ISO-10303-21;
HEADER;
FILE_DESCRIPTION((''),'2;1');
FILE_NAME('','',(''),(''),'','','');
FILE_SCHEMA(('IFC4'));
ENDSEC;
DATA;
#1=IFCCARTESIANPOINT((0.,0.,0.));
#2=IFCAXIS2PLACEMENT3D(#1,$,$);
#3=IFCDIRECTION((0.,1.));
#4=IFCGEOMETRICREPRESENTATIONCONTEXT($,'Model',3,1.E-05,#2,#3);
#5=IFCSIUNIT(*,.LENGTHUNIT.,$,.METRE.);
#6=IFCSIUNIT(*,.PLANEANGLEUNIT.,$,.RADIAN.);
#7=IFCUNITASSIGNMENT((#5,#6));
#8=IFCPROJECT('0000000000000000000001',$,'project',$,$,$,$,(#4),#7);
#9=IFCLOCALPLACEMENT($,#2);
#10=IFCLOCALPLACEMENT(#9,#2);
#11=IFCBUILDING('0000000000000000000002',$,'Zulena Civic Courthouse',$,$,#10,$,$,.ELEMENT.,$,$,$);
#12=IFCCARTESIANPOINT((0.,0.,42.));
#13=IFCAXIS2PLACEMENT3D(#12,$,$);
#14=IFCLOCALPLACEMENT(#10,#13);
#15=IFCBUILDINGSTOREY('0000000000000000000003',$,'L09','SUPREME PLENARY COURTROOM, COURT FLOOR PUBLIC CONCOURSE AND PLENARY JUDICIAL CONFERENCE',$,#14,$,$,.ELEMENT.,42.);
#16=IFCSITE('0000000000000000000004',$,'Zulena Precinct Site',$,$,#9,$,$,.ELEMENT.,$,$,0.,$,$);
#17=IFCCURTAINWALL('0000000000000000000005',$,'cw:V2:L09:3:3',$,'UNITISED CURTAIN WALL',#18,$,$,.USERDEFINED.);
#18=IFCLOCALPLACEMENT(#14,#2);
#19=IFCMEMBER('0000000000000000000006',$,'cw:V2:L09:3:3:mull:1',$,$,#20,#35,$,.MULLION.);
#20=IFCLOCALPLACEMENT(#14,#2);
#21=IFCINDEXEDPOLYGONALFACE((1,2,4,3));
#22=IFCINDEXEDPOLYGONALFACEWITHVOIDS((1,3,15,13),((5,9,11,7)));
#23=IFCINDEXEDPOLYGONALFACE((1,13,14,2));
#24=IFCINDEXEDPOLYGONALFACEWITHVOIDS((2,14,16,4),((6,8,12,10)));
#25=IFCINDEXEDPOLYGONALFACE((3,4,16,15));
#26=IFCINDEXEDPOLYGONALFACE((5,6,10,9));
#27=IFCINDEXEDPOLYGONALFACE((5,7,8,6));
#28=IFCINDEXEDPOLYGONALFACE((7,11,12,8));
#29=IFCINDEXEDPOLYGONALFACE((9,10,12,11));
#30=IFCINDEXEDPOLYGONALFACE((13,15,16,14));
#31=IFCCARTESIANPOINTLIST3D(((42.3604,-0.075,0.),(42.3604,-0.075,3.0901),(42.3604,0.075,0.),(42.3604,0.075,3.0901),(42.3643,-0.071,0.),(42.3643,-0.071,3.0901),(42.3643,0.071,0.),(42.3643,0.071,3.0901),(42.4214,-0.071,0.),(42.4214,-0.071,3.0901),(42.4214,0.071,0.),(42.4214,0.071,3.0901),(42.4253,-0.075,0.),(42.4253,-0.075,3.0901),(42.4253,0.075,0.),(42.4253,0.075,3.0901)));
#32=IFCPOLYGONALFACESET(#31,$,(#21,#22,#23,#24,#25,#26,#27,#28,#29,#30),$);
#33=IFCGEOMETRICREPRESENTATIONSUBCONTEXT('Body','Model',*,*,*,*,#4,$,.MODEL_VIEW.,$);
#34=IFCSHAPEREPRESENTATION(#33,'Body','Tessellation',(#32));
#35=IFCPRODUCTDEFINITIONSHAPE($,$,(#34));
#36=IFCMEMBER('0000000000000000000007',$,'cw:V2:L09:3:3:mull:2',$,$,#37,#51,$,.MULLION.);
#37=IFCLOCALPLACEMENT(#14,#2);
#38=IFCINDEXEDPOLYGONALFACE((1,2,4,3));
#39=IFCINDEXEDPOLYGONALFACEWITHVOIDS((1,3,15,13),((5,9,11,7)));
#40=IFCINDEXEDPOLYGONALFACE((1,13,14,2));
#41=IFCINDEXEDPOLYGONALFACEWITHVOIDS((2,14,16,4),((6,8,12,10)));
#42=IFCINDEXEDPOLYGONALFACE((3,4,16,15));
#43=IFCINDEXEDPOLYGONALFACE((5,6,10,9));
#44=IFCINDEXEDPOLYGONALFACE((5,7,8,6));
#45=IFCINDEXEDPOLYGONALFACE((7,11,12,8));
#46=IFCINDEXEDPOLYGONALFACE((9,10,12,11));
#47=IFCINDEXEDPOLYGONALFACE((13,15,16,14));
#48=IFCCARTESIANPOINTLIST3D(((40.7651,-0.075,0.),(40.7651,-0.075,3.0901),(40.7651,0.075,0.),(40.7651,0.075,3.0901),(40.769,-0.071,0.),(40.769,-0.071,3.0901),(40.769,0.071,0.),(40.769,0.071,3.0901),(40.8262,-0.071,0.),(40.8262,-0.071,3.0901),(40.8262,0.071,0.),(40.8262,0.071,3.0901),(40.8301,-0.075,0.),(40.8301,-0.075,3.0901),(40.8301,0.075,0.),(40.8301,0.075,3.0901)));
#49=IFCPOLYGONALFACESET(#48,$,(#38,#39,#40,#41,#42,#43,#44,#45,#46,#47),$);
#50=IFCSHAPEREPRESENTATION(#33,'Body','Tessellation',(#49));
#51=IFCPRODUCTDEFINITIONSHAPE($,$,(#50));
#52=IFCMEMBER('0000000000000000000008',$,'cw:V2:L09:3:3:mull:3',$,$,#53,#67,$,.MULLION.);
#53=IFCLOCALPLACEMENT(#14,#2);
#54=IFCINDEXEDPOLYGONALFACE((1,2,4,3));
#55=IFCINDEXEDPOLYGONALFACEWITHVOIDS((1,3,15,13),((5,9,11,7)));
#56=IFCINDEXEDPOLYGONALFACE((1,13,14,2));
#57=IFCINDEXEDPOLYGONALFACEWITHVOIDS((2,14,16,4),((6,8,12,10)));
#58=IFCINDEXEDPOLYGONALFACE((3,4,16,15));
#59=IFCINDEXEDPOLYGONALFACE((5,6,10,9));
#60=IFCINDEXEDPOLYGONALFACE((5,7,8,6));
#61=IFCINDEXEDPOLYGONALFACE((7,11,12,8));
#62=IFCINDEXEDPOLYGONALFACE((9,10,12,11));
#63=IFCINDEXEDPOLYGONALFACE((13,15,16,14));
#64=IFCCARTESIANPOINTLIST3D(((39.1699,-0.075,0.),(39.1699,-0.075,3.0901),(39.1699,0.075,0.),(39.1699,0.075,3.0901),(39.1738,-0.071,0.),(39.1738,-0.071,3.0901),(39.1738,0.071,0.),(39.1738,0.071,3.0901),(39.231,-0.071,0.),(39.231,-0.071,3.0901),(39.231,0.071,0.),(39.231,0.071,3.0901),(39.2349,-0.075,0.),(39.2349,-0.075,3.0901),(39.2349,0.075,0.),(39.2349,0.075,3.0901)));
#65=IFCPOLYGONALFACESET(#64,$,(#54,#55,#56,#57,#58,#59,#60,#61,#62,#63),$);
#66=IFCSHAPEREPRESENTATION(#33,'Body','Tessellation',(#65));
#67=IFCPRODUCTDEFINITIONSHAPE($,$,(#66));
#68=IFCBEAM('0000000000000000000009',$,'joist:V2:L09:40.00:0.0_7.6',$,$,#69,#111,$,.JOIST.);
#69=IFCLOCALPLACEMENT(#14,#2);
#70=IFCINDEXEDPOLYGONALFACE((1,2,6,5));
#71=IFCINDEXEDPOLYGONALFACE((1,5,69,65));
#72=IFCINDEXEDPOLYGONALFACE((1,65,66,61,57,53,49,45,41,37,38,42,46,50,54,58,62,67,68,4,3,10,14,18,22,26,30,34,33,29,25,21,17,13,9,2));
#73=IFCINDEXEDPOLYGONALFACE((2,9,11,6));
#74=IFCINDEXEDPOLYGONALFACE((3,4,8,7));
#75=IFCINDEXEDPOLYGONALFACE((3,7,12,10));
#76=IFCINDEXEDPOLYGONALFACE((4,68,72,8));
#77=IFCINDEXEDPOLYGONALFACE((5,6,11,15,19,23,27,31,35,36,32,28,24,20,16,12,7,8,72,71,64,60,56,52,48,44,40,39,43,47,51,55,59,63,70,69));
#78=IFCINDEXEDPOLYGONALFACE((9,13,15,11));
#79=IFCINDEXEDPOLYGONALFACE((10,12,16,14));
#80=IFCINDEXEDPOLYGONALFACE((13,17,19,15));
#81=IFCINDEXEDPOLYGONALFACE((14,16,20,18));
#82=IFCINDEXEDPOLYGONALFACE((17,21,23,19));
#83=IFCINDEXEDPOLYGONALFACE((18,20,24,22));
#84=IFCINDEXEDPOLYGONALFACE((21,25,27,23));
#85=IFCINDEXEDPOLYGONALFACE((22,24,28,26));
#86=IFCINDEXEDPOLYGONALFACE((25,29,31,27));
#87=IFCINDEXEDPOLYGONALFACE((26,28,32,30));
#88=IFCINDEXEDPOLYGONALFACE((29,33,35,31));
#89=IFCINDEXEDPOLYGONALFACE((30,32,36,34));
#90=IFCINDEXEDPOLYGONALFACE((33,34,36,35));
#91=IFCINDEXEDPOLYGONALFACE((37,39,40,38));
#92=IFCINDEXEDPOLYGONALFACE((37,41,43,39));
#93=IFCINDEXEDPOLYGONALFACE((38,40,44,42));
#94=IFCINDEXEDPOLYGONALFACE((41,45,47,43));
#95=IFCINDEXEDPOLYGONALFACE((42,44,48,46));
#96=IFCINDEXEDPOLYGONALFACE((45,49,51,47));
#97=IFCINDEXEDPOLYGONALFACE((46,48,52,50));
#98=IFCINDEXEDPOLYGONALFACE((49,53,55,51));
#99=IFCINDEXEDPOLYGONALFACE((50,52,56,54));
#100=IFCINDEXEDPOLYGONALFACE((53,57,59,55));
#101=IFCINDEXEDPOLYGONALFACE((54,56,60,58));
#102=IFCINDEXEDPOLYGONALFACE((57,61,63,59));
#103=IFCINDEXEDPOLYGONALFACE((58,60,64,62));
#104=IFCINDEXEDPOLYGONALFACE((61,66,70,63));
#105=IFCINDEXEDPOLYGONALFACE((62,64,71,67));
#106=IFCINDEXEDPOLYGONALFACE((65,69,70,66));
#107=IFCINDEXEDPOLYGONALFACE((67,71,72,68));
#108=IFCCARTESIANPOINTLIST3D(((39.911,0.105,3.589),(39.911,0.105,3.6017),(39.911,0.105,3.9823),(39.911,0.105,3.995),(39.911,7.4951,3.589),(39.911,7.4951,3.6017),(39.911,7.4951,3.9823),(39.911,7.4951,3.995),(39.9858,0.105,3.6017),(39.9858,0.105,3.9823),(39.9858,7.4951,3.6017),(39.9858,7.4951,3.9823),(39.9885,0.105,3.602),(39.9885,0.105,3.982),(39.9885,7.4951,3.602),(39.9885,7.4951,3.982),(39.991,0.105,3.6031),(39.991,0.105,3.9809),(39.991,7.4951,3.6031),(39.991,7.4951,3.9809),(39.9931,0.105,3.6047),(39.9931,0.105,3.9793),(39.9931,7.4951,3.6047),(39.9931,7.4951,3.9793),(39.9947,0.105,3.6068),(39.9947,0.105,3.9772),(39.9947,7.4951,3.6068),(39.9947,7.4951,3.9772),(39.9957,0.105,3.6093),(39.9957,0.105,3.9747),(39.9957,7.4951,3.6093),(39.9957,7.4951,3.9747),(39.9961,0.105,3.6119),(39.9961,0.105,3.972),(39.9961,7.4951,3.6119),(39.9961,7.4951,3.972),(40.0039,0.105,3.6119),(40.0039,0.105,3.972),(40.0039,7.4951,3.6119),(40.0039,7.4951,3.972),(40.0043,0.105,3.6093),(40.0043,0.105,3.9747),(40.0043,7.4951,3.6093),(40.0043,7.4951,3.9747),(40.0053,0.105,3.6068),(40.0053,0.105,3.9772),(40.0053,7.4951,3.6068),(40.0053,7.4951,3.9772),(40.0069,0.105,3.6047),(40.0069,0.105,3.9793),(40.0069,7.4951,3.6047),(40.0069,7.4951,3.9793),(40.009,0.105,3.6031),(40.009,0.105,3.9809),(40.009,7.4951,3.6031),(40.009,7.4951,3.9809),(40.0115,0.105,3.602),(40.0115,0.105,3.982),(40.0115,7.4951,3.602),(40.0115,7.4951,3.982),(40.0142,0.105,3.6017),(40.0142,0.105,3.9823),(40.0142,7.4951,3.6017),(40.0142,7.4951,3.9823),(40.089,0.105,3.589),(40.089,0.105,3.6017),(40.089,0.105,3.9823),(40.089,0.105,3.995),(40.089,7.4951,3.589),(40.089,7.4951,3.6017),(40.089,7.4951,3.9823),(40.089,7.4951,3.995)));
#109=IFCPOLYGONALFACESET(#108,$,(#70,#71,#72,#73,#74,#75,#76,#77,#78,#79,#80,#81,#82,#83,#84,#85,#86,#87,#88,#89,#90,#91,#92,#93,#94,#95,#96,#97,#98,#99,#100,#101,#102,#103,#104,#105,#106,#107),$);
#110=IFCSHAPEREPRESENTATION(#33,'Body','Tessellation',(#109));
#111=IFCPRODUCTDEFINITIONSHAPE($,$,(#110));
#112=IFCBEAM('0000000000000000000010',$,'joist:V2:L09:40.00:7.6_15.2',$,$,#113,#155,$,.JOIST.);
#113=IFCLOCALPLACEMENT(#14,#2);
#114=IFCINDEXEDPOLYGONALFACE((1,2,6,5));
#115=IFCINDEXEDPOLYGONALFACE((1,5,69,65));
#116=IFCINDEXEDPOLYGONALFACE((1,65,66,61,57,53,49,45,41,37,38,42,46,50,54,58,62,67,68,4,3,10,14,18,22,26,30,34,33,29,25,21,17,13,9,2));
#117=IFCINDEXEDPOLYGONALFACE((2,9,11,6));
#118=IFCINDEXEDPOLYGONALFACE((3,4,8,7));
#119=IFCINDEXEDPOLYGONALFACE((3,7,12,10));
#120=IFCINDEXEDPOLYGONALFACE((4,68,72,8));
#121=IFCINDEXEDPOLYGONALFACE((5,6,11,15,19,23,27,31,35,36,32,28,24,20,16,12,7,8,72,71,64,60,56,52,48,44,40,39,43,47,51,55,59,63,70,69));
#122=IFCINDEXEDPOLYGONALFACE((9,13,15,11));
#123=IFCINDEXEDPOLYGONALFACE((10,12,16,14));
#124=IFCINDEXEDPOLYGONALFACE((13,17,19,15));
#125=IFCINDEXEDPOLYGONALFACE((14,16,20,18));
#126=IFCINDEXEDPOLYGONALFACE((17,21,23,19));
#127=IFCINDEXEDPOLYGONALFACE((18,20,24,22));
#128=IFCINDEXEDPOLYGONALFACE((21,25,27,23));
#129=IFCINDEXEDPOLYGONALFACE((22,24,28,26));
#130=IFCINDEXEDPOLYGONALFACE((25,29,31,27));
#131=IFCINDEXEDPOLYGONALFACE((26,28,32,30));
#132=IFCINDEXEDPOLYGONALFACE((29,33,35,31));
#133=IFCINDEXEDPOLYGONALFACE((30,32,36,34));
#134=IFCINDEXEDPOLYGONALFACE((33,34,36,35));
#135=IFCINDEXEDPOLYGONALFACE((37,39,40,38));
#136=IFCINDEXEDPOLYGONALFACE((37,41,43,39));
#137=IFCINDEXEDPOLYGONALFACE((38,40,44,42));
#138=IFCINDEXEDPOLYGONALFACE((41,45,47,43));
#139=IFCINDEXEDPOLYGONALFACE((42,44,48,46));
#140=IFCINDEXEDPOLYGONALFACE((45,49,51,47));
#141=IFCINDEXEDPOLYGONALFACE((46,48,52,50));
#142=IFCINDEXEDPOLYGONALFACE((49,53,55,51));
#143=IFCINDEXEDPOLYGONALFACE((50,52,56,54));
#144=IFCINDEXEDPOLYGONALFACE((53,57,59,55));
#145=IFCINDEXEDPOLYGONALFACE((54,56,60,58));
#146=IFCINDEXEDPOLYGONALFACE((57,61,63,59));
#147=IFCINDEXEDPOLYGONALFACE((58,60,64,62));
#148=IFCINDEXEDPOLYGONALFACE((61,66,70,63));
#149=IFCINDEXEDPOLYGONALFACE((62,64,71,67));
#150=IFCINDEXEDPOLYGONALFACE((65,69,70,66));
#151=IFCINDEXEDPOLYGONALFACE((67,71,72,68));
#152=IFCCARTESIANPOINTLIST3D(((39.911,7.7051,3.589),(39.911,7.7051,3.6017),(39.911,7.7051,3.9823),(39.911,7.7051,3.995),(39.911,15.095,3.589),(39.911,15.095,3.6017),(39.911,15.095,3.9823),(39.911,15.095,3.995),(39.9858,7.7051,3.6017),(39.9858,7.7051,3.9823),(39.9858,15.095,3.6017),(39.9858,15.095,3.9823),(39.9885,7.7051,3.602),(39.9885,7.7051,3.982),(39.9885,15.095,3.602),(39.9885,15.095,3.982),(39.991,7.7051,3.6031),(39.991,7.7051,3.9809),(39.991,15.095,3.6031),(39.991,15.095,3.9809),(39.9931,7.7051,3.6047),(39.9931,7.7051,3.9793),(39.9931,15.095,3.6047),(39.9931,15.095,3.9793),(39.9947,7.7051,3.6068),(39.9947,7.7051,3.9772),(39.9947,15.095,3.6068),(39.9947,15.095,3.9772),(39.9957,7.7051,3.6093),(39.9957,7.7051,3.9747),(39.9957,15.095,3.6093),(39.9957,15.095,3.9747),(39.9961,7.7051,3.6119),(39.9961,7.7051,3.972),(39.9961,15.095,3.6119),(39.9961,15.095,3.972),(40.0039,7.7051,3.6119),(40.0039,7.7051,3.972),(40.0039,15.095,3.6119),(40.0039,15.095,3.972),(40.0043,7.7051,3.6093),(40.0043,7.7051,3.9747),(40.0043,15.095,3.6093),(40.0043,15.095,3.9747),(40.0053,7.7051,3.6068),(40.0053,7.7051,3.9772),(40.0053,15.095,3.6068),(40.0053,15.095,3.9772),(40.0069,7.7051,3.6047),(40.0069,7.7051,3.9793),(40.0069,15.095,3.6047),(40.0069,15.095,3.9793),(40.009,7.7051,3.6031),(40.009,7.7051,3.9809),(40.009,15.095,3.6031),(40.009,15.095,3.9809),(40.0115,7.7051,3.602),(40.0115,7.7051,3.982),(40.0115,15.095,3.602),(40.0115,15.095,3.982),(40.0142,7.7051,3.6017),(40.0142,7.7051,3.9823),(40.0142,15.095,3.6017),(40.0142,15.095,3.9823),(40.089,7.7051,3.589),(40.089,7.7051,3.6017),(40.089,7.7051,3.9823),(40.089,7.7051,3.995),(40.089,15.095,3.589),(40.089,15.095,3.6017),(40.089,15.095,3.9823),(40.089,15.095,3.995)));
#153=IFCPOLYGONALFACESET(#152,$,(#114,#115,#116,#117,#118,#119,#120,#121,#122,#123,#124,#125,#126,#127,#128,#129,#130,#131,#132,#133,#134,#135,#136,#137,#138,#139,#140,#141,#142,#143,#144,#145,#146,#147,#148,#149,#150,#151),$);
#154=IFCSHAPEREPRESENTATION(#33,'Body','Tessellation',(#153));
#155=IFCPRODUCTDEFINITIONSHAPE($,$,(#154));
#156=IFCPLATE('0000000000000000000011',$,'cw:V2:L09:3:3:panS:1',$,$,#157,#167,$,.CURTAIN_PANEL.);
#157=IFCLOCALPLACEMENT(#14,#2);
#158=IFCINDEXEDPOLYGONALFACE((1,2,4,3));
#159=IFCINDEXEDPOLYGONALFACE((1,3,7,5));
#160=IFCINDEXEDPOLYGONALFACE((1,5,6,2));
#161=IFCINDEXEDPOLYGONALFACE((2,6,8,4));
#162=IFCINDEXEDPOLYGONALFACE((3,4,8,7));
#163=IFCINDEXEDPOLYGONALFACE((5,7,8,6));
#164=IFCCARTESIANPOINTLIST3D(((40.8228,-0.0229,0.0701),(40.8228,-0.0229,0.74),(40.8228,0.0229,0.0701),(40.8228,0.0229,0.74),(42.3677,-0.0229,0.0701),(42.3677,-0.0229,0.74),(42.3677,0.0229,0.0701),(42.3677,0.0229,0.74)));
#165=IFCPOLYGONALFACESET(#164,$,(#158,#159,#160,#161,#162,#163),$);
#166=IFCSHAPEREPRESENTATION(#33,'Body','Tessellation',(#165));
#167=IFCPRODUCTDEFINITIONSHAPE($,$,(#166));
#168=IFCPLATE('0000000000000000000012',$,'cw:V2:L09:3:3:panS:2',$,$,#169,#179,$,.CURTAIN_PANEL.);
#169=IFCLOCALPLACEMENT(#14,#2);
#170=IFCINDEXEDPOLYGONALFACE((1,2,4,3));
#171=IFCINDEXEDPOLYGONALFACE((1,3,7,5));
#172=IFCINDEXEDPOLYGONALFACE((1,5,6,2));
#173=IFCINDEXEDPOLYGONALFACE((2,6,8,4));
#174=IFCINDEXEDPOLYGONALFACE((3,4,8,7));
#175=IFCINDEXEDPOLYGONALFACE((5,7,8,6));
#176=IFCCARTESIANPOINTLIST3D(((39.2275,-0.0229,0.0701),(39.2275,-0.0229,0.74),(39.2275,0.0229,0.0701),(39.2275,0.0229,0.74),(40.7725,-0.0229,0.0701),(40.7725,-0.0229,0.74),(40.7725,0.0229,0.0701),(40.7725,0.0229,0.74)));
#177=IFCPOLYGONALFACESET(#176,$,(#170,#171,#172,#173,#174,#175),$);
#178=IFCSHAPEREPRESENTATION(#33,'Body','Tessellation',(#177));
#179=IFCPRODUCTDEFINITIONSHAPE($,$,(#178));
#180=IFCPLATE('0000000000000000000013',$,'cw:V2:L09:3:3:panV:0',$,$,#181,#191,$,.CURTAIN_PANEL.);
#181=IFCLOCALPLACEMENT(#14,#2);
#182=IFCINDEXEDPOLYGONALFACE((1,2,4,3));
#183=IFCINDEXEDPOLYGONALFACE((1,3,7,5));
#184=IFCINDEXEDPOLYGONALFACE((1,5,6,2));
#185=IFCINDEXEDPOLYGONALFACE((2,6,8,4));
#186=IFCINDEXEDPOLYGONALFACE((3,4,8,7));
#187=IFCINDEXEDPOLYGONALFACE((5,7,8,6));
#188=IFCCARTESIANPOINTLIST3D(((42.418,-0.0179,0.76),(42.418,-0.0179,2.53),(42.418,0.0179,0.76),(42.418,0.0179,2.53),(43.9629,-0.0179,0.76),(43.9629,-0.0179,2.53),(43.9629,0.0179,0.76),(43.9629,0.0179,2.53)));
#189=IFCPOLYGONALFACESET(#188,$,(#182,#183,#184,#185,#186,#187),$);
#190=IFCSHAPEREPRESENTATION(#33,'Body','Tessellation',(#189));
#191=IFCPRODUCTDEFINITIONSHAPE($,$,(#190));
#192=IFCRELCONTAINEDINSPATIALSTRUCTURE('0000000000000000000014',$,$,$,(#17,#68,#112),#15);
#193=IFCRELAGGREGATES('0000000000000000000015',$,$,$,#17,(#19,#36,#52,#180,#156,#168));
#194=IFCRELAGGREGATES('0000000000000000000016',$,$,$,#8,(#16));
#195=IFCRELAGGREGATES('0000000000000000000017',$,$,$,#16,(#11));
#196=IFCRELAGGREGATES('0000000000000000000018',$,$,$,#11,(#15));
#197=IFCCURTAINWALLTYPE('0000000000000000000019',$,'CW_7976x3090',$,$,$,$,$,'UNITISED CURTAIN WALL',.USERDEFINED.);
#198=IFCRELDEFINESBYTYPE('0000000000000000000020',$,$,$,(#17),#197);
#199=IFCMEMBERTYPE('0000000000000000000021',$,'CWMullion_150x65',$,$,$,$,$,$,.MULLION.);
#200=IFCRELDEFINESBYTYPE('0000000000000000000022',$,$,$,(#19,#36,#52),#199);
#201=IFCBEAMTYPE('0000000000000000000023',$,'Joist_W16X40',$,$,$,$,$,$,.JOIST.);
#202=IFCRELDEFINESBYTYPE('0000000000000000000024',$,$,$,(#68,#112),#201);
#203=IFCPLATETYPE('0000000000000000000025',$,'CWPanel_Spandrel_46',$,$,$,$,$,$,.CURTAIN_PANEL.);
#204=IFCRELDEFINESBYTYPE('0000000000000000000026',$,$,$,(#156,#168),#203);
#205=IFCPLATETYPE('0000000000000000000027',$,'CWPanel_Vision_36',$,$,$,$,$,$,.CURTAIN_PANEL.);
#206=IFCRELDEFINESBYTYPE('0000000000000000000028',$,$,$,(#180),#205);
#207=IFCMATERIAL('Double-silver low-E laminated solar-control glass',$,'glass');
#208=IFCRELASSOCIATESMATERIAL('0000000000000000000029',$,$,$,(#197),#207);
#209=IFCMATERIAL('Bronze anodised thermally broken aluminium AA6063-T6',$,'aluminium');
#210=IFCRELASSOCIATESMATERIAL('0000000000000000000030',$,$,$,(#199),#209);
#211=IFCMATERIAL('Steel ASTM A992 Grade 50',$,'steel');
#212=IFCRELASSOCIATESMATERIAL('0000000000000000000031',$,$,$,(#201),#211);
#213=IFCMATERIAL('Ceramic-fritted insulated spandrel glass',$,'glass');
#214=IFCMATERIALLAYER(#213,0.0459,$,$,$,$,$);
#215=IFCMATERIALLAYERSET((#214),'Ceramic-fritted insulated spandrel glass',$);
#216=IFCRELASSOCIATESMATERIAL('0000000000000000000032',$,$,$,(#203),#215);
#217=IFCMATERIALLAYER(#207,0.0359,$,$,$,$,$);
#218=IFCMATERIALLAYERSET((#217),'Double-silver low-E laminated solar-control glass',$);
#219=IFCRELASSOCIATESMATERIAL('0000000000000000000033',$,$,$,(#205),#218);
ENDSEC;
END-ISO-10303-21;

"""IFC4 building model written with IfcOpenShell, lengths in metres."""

from ifc_helpers import new_model, si_unit, direction, frame, origin, origin_2d, place, context, subcontext, project, spatial, rectangle, hollow_rectangle, i_section, extrude, material, layer, layer_set, material_profile, profile_set, type_object, element, aggregate, save


model = new_model("IFC4")

# Units and contexts
model_context = context("Model", 3, precision=1e-05, world=origin(), true_north=direction((0.0, 1.0)))
body_context = subcontext(model_context, "Body", "Model", "MODEL_VIEW")
ifc_project = project(units=[si_unit("LENGTHUNIT", "METRE"), si_unit("PLANEANGLEUNIT", "RADIAN")], contexts=[model_context])

# Site, building, storey
site_placement = place(None, origin())
site = spatial("IfcSite", under=ifc_project, at=site_placement, Name="Zulena Precinct Site", CompositionType="ELEMENT", RefElevation=0.0)
building_placement = place(site_placement, origin())
building = spatial("IfcBuilding", under=site, at=building_placement, Name="Zulena Civic Courthouse", CompositionType="ELEMENT")
storey_placement = place(building_placement, frame((0.0, 0.0, 42.0)))
storey = spatial("IfcBuildingStorey", under=building, at=storey_placement, Name="L09", Description="SUPREME PLENARY COURTROOM, COURT FLOOR PUBLIC CONCOURSE AND PLENARY JUDICIAL CONFERENCE", CompositionType="ELEMENT", Elevation=42.0)

# Curtain wall, members
ifc_material_1 = material(Name="Double-silver low-E laminated solar-control glass", Category="glass")
curtain_wall_type = type_object("IfcCurtainWallType", Name="CW_7976x3090", ElementType="UNITISED CURTAIN WALL", PredefinedType="USERDEFINED", material=ifc_material_1)
curtain_wall_placement = place(storey_placement, origin())
curtain_wall = element("IfcCurtainWall", 1, at=curtain_wall_placement, inside=storey, type_object=curtain_wall_type, Name="cw:V2:L09:3:3", ObjectType="UNITISED CURTAIN WALL", PredefinedType="USERDEFINED")
ifc_material_2 = material(Name="Bronze anodised thermally broken aluminium AA6063-T6", Category="aluminium")
ifc_material_profile_1 = material_profile(ifc_material_2, hollow_rectangle(XDim=0.0649, YDim=0.1499, WallThickness=0.0039, at=origin_2d()), Name="CWM150X65X4")
ifc_profile_set_1 = profile_set([ifc_material_profile_1], Name="Bronze anodised thermally broken aluminium AA6063-T6")
member_type = type_object("IfcMemberType", Name="CWMullion_150x65", PredefinedType="MULLION", material=ifc_profile_set_1)
member_1_placement = place(storey_placement, frame((42.3928, 0.0, 0.0), z_axis=(0.0, 0.0, 1.0), x_axis=(1.0, 0.0, 0.0)))
member_1 = element("IfcMember", 2, at=member_1_placement, type_object=member_type, Name="cw:V2:L09:3:3:mull:1", PredefinedType="MULLION", context=body_context, shape_type="SweptSolid", body=[
    extrude(hollow_rectangle(XDim=0.0649, YDim=0.1499, WallThickness=0.0039, at=origin_2d()), origin(), (0.0, 0.0, 1.0), 3.0901),
])
member_2_placement = place(storey_placement, frame((40.7976, 0.0, 0.0), z_axis=(0.0, 0.0, 1.0), x_axis=(1.0, 0.0, 0.0)))
member_2 = element("IfcMember", 3, at=member_2_placement, type_object=member_type, Name="cw:V2:L09:3:3:mull:2", PredefinedType="MULLION", context=body_context, shape_type="SweptSolid", body=[
    extrude(hollow_rectangle(XDim=0.0649, YDim=0.1499, WallThickness=0.0039, at=origin_2d()), origin(), (0.0, 0.0, 1.0), 3.0901),
])
member_3_placement = place(storey_placement, frame((39.2024, 0.0, 0.0), z_axis=(0.0, 0.0, 1.0), x_axis=(1.0, 0.0, 0.0)))
member_3 = element("IfcMember", 4, at=member_3_placement, type_object=member_type, Name="cw:V2:L09:3:3:mull:3", PredefinedType="MULLION", context=body_context, shape_type="SweptSolid", body=[
    extrude(hollow_rectangle(XDim=0.0649, YDim=0.1499, WallThickness=0.0039, at=origin_2d()), origin(), (0.0, 0.0, 1.0), 3.0901),
])

# Beams
ifc_material_3 = material(Name="Steel ASTM A992 Grade 50", Category="steel")
ifc_material_profile_2 = material_profile(ifc_material_3, i_section(OverallWidth=0.178, OverallDepth=0.406, WebThickness=0.0078, FlangeThickness=0.0127, FilletRadius=0.0103, at=origin_2d()), Name="W16X40")
ifc_profile_set_2 = profile_set([ifc_material_profile_2], Name="Steel ASTM A992 Grade 50")
beam_type = type_object("IfcBeamType", Name="Joist_W16X40", PredefinedType="JOIST", material=ifc_profile_set_2)
beam_1_placement = place(storey_placement, frame((40.0, 0.105, 3.792), z_axis=(0.0, 1.0, 0.0), x_axis=(-1.0, 0.0, 0.0)))
element("IfcBeam", 5, at=beam_1_placement, inside=storey, type_object=beam_type, Name="joist:V2:L09:40.00:0.0_7.6", PredefinedType="JOIST", context=body_context, shape_type="SweptSolid", body=[
    extrude(i_section(OverallWidth=0.178, OverallDepth=0.406, WebThickness=0.0078, FlangeThickness=0.0127, FilletRadius=0.0103, at=origin_2d()), origin(), (0.0, 0.0, 1.0), 7.3901),
])
beam_2_placement = place(storey_placement, frame((40.0, 7.7051, 3.792), z_axis=(0.0, 1.0, 0.0), x_axis=(-1.0, 0.0, 0.0)))
element("IfcBeam", 6, at=beam_2_placement, inside=storey, type_object=beam_type, Name="joist:V2:L09:40.00:7.6_15.2", PredefinedType="JOIST", context=body_context, shape_type="SweptSolid", body=[
    extrude(i_section(OverallWidth=0.178, OverallDepth=0.406, WebThickness=0.0078, FlangeThickness=0.0127, FilletRadius=0.0103, at=origin_2d()), origin(), (0.0, 0.0, 1.0), 7.3899),
])

# Plates
ifc_material_4 = material(Name="Ceramic-fritted insulated spandrel glass", Category="glass")
ifc_layer_1 = layer(ifc_material_4, 0.0459)
ifc_layer_set_1 = layer_set([ifc_layer_1], Name="Ceramic-fritted insulated spandrel glass")
plate_type_1 = type_object("IfcPlateType", Name="CWPanel_Spandrel_46", PredefinedType="CURTAIN_PANEL", material=ifc_layer_set_1)
plate_1_placement = place(storey_placement, frame((41.5952, 0.0, 0.0701), z_axis=(0.0, 0.0, 1.0), x_axis=(-1.0, 0.0, 0.0)))
plate_1 = element("IfcPlate", 7, at=plate_1_placement, type_object=plate_type_1, Name="cw:V2:L09:3:3:panS:1", PredefinedType="CURTAIN_PANEL", context=body_context, shape_type="SweptSolid", body=[
    extrude(rectangle(XDim=1.5449, YDim=0.0459, at=origin_2d()), origin(), (0.0, 0.0, 1.0), 0.6699),
])
plate_2_placement = place(storey_placement, frame((40.0, 0.0, 0.0701), z_axis=(0.0, 0.0, 1.0), x_axis=(-1.0, 0.0, 0.0)))
plate_2 = element("IfcPlate", 8, at=plate_2_placement, type_object=plate_type_1, Name="cw:V2:L09:3:3:panS:2", PredefinedType="CURTAIN_PANEL", context=body_context, shape_type="SweptSolid", body=[
    extrude(rectangle(XDim=1.5449, YDim=0.0459, at=origin_2d()), origin(), (0.0, 0.0, 1.0), 0.6699),
])
ifc_layer_2 = layer(ifc_material_1, 0.0359)
ifc_layer_set_2 = layer_set([ifc_layer_2], Name="Double-silver low-E laminated solar-control glass")
plate_type_2 = type_object("IfcPlateType", Name="CWPanel_Vision_36", PredefinedType="CURTAIN_PANEL", material=ifc_layer_set_2)
plate_3_placement = place(storey_placement, frame((43.1904, 0.0, 0.76), z_axis=(0.0, 0.0, 1.0), x_axis=(-1.0, 0.0, 0.0)))
plate_3 = element("IfcPlate", 9, at=plate_3_placement, type_object=plate_type_2, Name="cw:V2:L09:3:3:panV:0", PredefinedType="CURTAIN_PANEL", context=body_context, shape_type="SweptSolid", body=[
    extrude(rectangle(XDim=1.5449, YDim=0.0359, at=origin_2d()), origin(), (0.0, 0.0, 1.0), 1.77),
])
aggregate(curtain_wall, [member_1, member_2, member_3, plate_3, plate_1, plate_2])

save(model, "model.ifc")
